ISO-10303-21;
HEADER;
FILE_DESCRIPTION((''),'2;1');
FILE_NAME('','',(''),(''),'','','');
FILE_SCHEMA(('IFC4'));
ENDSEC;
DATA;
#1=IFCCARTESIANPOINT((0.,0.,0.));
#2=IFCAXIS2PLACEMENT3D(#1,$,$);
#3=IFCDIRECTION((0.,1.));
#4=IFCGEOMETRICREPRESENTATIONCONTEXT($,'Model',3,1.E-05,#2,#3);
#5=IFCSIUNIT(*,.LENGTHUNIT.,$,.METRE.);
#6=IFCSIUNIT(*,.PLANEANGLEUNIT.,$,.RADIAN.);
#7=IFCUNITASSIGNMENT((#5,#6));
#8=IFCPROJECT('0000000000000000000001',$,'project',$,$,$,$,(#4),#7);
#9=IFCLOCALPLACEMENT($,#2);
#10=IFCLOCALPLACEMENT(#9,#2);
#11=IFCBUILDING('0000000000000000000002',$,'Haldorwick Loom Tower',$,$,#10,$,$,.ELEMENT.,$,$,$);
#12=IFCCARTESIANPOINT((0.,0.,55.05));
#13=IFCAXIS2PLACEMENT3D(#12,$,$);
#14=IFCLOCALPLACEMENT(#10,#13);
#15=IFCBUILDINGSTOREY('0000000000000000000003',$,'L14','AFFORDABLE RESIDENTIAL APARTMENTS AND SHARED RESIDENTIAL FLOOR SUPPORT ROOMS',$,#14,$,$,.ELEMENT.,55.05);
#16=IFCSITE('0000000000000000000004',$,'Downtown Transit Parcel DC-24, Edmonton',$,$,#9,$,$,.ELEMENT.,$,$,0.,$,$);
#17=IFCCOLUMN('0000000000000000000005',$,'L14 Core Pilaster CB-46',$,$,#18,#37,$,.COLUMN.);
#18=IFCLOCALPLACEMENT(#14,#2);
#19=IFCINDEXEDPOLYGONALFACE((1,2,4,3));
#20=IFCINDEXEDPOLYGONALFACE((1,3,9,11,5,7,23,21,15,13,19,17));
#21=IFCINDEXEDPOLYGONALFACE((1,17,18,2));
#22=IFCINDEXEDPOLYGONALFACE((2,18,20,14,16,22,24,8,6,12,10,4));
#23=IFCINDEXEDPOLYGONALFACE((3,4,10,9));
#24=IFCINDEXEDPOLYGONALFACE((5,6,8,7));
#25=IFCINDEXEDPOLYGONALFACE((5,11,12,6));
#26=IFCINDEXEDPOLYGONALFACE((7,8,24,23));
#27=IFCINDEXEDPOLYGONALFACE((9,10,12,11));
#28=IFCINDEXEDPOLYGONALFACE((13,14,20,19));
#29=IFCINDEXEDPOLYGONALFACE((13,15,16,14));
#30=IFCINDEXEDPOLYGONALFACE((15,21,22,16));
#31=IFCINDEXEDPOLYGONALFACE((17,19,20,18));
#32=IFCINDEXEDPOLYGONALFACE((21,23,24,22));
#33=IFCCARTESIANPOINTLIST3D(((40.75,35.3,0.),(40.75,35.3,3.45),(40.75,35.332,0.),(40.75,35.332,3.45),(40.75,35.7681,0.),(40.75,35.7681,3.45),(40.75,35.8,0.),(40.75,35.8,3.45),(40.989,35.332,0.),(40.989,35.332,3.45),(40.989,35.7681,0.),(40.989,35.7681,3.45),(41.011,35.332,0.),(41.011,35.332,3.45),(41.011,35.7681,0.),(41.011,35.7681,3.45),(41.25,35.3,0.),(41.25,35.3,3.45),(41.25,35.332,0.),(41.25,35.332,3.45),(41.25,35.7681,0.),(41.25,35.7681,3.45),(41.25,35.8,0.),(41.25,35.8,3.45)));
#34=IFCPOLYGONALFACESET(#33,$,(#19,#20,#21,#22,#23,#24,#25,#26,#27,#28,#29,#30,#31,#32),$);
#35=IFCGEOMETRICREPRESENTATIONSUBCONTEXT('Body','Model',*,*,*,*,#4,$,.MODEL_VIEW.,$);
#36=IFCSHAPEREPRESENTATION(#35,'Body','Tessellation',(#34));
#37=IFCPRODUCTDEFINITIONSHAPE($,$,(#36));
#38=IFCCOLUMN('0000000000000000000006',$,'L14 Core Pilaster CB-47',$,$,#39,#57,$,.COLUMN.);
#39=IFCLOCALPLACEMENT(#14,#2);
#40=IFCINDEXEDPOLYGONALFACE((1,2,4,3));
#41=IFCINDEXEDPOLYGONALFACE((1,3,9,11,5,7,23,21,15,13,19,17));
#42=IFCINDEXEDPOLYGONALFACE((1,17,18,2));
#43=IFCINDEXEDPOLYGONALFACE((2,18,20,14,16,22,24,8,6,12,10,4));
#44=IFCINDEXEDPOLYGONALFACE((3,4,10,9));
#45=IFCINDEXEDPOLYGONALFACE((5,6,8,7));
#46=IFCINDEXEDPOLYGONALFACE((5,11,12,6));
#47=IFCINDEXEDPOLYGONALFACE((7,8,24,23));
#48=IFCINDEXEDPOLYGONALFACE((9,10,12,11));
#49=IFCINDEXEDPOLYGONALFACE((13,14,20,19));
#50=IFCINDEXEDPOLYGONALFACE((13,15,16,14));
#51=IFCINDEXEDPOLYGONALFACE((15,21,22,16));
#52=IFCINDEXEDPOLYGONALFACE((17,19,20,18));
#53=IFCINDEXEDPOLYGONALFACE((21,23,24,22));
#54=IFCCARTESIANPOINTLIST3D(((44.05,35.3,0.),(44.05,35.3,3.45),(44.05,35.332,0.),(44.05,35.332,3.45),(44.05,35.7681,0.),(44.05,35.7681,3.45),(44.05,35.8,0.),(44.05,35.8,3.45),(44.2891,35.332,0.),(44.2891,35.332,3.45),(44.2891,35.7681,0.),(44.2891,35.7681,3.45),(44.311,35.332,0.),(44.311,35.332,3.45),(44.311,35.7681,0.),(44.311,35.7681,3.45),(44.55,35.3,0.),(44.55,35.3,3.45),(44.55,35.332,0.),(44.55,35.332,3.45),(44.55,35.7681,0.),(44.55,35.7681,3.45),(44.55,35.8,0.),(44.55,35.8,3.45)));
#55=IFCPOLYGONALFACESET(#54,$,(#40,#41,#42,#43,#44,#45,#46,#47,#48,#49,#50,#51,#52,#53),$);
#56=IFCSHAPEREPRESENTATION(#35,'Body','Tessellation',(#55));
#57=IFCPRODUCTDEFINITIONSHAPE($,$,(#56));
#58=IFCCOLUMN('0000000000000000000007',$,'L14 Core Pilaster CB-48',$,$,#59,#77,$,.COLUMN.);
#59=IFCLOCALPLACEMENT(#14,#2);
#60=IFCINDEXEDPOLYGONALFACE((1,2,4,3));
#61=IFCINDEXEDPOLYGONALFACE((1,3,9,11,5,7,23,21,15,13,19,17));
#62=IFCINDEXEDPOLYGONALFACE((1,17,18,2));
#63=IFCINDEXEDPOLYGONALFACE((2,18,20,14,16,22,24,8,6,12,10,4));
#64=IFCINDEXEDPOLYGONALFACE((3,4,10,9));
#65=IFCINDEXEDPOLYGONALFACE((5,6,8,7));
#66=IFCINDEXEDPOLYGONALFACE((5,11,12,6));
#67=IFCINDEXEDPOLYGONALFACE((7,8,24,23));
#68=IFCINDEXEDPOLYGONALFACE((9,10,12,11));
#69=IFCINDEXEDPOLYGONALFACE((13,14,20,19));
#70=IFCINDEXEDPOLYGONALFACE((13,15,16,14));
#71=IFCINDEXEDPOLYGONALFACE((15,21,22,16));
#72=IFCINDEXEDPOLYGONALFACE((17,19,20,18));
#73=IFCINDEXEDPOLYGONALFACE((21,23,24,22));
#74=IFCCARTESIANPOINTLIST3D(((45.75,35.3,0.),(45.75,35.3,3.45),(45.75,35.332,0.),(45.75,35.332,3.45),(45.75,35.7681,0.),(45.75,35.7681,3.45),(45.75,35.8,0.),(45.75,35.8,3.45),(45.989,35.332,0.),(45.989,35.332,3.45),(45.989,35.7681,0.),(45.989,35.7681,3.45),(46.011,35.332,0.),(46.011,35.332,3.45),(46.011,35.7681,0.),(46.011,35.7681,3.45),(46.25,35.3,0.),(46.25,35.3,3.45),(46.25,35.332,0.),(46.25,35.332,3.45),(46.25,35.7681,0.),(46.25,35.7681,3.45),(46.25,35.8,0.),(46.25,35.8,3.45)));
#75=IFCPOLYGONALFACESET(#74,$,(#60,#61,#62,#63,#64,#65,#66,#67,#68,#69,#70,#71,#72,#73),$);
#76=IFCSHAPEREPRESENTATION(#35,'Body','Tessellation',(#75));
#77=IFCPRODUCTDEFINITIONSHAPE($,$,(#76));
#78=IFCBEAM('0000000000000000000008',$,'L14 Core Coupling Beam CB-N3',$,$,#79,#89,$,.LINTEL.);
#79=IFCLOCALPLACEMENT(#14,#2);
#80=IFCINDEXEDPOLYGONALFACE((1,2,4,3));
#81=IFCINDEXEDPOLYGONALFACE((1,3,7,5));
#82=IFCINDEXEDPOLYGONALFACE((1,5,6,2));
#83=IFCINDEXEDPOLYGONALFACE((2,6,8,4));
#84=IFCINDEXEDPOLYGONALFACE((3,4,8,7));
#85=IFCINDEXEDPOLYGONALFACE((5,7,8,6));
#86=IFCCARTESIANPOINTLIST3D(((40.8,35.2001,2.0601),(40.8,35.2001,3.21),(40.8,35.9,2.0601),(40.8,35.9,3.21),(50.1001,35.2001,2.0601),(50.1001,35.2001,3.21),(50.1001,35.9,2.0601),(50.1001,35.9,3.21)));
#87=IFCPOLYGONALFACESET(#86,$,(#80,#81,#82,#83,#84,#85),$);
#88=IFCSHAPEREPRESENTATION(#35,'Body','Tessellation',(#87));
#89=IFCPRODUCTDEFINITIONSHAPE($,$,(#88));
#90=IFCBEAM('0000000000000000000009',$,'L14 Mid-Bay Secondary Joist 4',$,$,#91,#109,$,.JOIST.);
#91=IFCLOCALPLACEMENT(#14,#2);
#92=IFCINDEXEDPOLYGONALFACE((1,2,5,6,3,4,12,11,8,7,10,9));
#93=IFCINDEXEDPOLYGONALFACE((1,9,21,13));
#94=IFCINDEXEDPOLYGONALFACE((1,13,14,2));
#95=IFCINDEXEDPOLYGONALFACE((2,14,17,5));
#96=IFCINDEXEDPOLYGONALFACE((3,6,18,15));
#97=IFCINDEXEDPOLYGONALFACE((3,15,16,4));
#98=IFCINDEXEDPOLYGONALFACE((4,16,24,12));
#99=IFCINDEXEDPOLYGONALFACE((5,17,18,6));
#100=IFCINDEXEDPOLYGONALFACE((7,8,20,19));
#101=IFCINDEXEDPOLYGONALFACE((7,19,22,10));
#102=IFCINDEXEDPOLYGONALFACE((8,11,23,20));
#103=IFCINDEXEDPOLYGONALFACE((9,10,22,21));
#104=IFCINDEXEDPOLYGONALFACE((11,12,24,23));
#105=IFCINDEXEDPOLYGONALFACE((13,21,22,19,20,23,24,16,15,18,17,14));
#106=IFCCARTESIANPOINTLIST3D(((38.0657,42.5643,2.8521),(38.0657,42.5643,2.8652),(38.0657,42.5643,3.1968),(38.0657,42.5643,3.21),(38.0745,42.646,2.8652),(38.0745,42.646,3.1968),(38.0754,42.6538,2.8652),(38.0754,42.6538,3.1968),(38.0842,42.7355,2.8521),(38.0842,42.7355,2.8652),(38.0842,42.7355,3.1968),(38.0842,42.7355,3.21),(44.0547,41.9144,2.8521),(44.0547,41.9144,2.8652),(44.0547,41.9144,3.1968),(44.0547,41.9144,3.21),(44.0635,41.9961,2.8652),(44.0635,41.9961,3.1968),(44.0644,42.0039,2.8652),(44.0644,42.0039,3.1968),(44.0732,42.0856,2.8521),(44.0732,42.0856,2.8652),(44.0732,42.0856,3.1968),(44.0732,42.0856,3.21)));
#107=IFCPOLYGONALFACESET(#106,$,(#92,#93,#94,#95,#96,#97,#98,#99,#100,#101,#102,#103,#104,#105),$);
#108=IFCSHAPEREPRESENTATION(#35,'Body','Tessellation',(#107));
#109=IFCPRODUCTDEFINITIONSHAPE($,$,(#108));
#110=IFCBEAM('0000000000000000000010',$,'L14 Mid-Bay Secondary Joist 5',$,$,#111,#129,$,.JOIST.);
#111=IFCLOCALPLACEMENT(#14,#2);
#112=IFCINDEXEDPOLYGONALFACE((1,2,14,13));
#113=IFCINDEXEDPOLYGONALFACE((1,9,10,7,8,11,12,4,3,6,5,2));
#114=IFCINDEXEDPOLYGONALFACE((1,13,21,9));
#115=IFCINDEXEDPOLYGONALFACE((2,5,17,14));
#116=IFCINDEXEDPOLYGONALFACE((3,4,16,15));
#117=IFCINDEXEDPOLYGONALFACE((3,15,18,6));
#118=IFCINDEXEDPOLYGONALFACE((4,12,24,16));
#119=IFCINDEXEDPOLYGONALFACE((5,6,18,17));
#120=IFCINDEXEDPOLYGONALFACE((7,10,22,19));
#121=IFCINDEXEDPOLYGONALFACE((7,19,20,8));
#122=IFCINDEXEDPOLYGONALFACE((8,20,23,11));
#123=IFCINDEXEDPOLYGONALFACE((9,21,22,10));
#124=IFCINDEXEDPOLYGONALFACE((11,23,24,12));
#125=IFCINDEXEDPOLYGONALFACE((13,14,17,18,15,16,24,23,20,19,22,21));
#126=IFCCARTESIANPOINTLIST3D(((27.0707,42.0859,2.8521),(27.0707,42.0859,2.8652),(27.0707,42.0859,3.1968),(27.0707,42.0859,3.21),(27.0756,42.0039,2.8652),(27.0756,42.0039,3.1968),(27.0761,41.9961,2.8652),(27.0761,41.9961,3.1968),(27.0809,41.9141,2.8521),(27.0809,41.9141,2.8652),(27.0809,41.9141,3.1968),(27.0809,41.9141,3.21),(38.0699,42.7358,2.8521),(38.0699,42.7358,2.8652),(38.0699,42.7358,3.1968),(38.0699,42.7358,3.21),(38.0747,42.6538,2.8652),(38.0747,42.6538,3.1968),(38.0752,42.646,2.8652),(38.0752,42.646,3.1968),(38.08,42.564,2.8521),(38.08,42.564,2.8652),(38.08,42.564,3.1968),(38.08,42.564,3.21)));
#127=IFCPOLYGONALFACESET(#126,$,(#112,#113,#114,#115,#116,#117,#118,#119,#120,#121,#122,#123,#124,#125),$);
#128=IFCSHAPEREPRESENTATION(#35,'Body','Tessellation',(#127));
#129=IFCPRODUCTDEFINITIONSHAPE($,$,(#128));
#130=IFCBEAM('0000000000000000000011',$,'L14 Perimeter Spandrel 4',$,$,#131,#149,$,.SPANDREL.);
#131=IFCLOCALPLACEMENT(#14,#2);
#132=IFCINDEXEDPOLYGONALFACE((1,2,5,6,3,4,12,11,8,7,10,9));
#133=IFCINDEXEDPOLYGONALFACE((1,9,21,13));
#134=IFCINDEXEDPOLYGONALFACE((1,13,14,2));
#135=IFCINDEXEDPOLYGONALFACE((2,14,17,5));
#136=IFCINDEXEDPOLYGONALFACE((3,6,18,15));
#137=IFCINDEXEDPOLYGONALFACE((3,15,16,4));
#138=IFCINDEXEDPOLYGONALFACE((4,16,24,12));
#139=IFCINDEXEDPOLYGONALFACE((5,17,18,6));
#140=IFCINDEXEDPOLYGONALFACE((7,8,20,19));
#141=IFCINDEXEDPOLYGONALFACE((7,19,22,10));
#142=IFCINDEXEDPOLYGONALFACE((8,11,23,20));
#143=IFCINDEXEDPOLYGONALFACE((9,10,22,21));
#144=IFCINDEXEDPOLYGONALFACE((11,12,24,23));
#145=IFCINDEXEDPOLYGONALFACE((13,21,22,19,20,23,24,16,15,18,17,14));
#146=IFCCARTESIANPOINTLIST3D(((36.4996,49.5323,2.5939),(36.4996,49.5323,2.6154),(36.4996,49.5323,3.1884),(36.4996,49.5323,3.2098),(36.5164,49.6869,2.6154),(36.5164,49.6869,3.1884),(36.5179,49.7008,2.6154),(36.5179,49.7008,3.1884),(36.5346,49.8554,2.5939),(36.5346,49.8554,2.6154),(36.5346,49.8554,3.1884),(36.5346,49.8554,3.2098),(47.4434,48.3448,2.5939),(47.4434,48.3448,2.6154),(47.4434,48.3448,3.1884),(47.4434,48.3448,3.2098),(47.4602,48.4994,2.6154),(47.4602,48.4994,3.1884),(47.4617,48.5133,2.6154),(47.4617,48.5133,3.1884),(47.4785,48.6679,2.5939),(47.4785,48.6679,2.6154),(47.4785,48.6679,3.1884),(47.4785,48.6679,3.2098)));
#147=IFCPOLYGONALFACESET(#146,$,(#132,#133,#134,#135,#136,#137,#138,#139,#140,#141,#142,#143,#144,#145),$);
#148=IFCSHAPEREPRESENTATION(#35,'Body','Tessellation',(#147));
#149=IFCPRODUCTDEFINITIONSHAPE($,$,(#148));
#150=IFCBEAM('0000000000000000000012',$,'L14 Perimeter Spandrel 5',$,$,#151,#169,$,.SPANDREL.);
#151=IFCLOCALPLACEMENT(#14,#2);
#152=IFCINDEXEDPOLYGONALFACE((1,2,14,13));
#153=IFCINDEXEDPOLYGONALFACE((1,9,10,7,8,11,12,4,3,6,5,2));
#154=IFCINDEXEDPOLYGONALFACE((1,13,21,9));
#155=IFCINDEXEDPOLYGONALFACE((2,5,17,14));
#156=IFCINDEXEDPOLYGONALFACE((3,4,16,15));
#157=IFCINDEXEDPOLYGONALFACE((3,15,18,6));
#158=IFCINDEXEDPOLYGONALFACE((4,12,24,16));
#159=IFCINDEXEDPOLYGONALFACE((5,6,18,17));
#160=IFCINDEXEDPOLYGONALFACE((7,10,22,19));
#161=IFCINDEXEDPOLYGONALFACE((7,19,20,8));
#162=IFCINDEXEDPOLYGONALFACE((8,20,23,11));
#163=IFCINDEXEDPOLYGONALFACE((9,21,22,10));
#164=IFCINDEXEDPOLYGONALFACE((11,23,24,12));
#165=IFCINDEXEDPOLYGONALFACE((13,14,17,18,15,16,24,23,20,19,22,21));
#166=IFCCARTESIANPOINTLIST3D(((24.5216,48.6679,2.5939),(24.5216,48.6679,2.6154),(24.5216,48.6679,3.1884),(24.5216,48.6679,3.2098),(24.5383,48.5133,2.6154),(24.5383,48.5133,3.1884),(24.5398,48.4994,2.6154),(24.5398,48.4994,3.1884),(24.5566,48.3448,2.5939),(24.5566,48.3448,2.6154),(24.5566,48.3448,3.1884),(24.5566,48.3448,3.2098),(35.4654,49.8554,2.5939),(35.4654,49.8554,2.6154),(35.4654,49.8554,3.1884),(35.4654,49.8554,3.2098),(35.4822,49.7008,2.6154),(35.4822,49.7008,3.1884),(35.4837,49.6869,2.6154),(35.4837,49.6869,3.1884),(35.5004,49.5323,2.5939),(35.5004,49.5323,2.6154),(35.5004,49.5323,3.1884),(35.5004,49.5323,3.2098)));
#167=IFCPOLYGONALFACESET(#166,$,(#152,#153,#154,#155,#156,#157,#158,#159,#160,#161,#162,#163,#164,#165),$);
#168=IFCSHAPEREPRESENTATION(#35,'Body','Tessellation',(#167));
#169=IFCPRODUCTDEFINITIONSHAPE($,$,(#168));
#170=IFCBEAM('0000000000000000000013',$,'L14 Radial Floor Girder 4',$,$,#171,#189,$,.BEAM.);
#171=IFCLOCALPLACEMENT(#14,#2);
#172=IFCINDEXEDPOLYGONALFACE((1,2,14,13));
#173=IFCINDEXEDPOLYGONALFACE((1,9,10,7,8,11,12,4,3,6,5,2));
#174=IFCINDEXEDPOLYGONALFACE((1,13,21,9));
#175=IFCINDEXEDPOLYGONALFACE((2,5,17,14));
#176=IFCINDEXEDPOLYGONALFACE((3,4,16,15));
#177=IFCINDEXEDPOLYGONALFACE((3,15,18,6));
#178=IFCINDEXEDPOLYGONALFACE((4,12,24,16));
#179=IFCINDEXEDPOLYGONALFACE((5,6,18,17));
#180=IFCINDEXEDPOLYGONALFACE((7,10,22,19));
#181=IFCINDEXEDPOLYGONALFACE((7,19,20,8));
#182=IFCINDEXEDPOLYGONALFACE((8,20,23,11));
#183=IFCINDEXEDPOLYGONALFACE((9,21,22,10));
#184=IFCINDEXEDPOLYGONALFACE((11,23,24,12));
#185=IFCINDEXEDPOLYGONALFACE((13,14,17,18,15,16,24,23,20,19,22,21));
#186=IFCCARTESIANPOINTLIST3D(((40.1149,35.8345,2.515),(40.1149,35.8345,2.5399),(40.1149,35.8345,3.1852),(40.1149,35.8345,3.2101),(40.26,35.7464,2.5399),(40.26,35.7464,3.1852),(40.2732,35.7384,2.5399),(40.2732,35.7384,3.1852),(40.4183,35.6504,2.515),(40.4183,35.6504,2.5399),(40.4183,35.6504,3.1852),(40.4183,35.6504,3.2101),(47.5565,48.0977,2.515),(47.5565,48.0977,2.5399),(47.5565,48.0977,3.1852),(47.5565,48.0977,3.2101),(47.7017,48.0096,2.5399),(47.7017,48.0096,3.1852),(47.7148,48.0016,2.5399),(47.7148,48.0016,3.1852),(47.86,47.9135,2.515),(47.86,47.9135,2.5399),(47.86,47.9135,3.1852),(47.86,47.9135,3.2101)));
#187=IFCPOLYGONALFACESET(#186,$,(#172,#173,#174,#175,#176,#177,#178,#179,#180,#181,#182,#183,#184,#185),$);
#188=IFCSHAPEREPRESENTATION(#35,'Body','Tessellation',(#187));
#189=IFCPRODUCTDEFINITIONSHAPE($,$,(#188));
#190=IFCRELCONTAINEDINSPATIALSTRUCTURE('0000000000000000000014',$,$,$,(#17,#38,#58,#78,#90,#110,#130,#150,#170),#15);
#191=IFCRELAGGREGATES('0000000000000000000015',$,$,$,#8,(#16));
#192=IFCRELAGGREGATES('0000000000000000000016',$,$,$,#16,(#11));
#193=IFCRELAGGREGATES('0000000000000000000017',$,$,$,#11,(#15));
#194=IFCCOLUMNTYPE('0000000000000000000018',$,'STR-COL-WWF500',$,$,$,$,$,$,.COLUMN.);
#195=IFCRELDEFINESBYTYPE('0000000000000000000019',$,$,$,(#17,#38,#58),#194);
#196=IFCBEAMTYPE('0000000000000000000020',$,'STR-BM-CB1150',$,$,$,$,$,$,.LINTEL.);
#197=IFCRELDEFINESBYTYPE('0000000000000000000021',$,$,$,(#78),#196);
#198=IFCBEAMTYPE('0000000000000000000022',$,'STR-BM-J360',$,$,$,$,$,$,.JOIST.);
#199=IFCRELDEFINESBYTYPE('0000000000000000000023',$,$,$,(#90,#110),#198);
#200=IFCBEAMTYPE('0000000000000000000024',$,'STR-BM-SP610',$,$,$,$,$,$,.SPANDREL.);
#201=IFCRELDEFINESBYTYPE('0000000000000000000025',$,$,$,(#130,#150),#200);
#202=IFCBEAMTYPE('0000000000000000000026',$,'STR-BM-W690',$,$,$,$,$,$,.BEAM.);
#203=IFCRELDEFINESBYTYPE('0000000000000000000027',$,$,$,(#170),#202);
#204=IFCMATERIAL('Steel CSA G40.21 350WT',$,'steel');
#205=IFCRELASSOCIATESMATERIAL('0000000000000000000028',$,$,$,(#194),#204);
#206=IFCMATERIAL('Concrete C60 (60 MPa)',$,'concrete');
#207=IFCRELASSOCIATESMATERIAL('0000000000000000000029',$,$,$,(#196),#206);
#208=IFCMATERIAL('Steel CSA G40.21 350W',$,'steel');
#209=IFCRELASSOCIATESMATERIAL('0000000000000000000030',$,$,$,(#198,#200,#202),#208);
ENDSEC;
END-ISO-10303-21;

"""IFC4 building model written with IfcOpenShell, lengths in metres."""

from ifc_helpers import new_model, si_unit, direction, frame, origin, origin_2d, place, context, subcontext, project, spatial, rectangle, i_section, extrude, material, material_profile, profile_set, type_object, element, save


model = new_model("IFC4")

# Units and contexts
model_context = context("Model", 3, precision=1e-05, world=origin(), true_north=direction((0.0, 1.0)))
body_context = subcontext(model_context, "Body", "Model", "MODEL_VIEW")
ifc_project = project(units=[si_unit("LENGTHUNIT", "METRE"), si_unit("PLANEANGLEUNIT", "RADIAN")], contexts=[model_context])

# Site, building, storey
site_placement = place(None, origin())
site = spatial("IfcSite", under=ifc_project, at=site_placement, Name="Downtown Transit Parcel DC-24, Edmonton", CompositionType="ELEMENT", RefElevation=0.0)
building_placement = place(site_placement, origin())
building = spatial("IfcBuilding", under=site, at=building_placement, Name="Haldorwick Loom Tower", CompositionType="ELEMENT")
storey_placement = place(building_placement, frame((0.0, 0.0, 55.05)))
storey = spatial("IfcBuildingStorey", under=building, at=storey_placement, Name="L14", Description="AFFORDABLE RESIDENTIAL APARTMENTS AND SHARED RESIDENTIAL FLOOR SUPPORT ROOMS", CompositionType="ELEMENT", Elevation=55.05)

# Columns
ifc_material_1 = material(Name="Concrete C60 (60 MPa)", Category="concrete")
ifc_material_2 = material(Name="Steel CSA G40.21 350WT", Category="steel")
ifc_material_profile_1 = material_profile(ifc_material_2, i_section(OverallWidth=0.5, OverallDepth=0.5, WebThickness=0.022, FlangeThickness=0.032, at=origin_2d()), Name="WWF500X500", Category="steel")
ifc_profile_set_1 = profile_set([ifc_material_profile_1], Name="Steel CSA G40.21 350WT")
column_type_1 = type_object("IfcColumnType", Name="STR-COL-WWF500", PredefinedType="COLUMN", material=ifc_profile_set_1)
for number, where, z_axis, x_axis, name in (
    (1, (41.0, 35.55, 0.0), (0.0, 0.0, 1.0), (1.0, 0.0, 0.0), "L14 Core Pilaster CB-46"),
    (2, (44.3, 35.55, 0.0), (0.0, 0.0, 1.0), (1.0, 0.0, 0.0), "L14 Core Pilaster CB-47"),
    (3, (46.0, 35.55, 0.0), (0.0, 0.0, 1.0), (1.0, 0.0, 0.0), "L14 Core Pilaster CB-48"),
):
    element("IfcColumn", number, at=place(storey_placement, frame(where, z_axis=z_axis, x_axis=x_axis)), inside=storey, type_object=column_type_1, Name=name, PredefinedType="COLUMN", context=body_context, shape_type="SweptSolid", body=[
        extrude(i_section(OverallWidth=0.5, OverallDepth=0.5, WebThickness=0.022, FlangeThickness=0.032, at=origin_2d()), origin(), (0.0, 0.0, 1.0), 3.45),
    ])

# Beams
ifc_material_profile_2 = material_profile(ifc_material_1, rectangle(XDim=0.7, YDim=1.1499, at=origin_2d()), Name="RC700X1150", Category="concrete")
ifc_profile_set_2 = profile_set([ifc_material_profile_2], Name="Concrete C60 (60 MPa)")
beam_type_1 = type_object("IfcBeamType", Name="STR-BM-CB1150", PredefinedType="LINTEL", material=ifc_profile_set_2)
beam_1_placement = place(storey_placement, frame((40.8, 35.55, 2.635), z_axis=(1.0, 0.0, 0.0), x_axis=(0.0, 1.0, 0.0)))
element("IfcBeam", 4, at=beam_1_placement, inside=storey, type_object=beam_type_1, Name="L14 Core Coupling Beam CB-N3", PredefinedType="LINTEL", context=body_context, shape_type="SweptSolid", body=[
    extrude(rectangle(XDim=0.7, YDim=1.1499, at=origin_2d()), origin(), (0.0, 0.0, 1.0), 9.3),
])
ifc_material_3 = material(Name="Steel CSA G40.21 350W", Category="steel")
ifc_material_profile_3 = material_profile(ifc_material_3, i_section(OverallWidth=0.1721, OverallDepth=0.3579, WebThickness=0.0078, FlangeThickness=0.0132, at=origin_2d()), Name="W360X57", Category="steel")
ifc_profile_set_3 = profile_set([ifc_material_profile_3], Name="Steel CSA G40.21 350W")
beam_type_2 = type_object("IfcBeamType", Name="STR-BM-J360", PredefinedType="JOIST", material=ifc_profile_set_3)
beam_2_placement = place(storey_placement, frame((44.064, 42.0, 3.031), z_axis=(-0.994164, 0.107882, 0.0), x_axis=(-0.107882, -0.994164, 0.0)))
element("IfcBeam", 5, at=beam_2_placement, inside=storey, type_object=beam_type_2, Name="L14 Mid-Bay Secondary Joist 4", PredefinedType="JOIST", context=body_context, shape_type="SweptSolid", body=[
    extrude(i_section(OverallWidth=0.1721, OverallDepth=0.3579, WebThickness=0.0078, FlangeThickness=0.0132, at=origin_2d()), origin(), (0.0, 0.0, 1.0), 6.0242),
])
beam_3_placement = place(storey_placement, frame((38.075, 42.6499, 3.031), z_axis=(-0.998259, -0.058984, 0.0), x_axis=(0.058984, -0.998259, 0.0)))
element("IfcBeam", 6, at=beam_3_placement, inside=storey, type_object=beam_type_2, Name="L14 Mid-Bay Secondary Joist 5", PredefinedType="JOIST", context=body_context, shape_type="SweptSolid", body=[
    extrude(i_section(OverallWidth=0.1721, OverallDepth=0.3579, WebThickness=0.0078, FlangeThickness=0.0132, at=origin_2d()), origin(), (0.0, 0.0, 1.0), 11.0183),
])
ifc_material_profile_4 = material_profile(ifc_material_3, i_section(OverallWidth=0.325, OverallDepth=0.616, WebThickness=0.0139, FlangeThickness=0.0215, at=origin_2d()), Name="W610X174", Category="steel")
ifc_profile_set_4 = profile_set([ifc_material_profile_4], Name="Steel CSA G40.21 350W")
beam_type_3 = type_object("IfcBeamType", Name="STR-BM-SP610", PredefinedType="SPANDREL", material=ifc_profile_set_4)
for number, where, z_axis, x_axis, name in (
    (7, (47.4609, 48.5063, 2.9019), (-0.994164, 0.107875, 0.0), (-0.107875, -0.994164, 0.0), "L14 Perimeter Spandrel 4"),
    (8, (35.4829, 49.6938, 2.9019), (-0.994164, -0.107875, 0.0), (0.107875, -0.994164, 0.0), "L14 Perimeter Spandrel 5"),
):
    element("IfcBeam", number, at=place(storey_placement, frame(where, z_axis=z_axis, x_axis=x_axis)), inside=storey, type_object=beam_type_3, Name=name, PredefinedType="SPANDREL", context=body_context, shape_type="SweptSolid", body=[
        extrude(i_section(OverallWidth=0.325, OverallDepth=0.616, WebThickness=0.0139, FlangeThickness=0.0215, at=origin_2d()), origin(), (0.0, 0.0, 1.0), 11.0081),
    ])
ifc_material_profile_5 = material_profile(ifc_material_3, i_section(OverallWidth=0.355, OverallDepth=0.6951, WebThickness=0.0154, FlangeThickness=0.0249, at=origin_2d()), Name="W690X217", Category="steel")
ifc_profile_set_5 = profile_set([ifc_material_profile_5], Name="Steel CSA G40.21 350W")
beam_type_4 = type_object("IfcBeamType", Name="STR-BM-W690", PredefinedType="BEAM", material=ifc_profile_set_5)
beam_4_placement = place(storey_placement, frame((40.2666, 35.7424, 2.8625), z_axis=(0.518782, 0.854907, 0.0), x_axis=(-0.854907, 0.518782, 0.0)))
element("IfcBeam", 9, at=beam_4_placement, inside=storey, type_object=beam_type_4, Name="L14 Radial Floor Girder 4", PredefinedType="BEAM", context=body_context, shape_type="SweptSolid", body=[
    extrude(i_section(OverallWidth=0.355, OverallDepth=0.6951, WebThickness=0.0154, FlangeThickness=0.0249, at=origin_2d()), origin(), (0.0, 0.0, 1.0), 14.3445),
])

save(model, "model.ifc")
